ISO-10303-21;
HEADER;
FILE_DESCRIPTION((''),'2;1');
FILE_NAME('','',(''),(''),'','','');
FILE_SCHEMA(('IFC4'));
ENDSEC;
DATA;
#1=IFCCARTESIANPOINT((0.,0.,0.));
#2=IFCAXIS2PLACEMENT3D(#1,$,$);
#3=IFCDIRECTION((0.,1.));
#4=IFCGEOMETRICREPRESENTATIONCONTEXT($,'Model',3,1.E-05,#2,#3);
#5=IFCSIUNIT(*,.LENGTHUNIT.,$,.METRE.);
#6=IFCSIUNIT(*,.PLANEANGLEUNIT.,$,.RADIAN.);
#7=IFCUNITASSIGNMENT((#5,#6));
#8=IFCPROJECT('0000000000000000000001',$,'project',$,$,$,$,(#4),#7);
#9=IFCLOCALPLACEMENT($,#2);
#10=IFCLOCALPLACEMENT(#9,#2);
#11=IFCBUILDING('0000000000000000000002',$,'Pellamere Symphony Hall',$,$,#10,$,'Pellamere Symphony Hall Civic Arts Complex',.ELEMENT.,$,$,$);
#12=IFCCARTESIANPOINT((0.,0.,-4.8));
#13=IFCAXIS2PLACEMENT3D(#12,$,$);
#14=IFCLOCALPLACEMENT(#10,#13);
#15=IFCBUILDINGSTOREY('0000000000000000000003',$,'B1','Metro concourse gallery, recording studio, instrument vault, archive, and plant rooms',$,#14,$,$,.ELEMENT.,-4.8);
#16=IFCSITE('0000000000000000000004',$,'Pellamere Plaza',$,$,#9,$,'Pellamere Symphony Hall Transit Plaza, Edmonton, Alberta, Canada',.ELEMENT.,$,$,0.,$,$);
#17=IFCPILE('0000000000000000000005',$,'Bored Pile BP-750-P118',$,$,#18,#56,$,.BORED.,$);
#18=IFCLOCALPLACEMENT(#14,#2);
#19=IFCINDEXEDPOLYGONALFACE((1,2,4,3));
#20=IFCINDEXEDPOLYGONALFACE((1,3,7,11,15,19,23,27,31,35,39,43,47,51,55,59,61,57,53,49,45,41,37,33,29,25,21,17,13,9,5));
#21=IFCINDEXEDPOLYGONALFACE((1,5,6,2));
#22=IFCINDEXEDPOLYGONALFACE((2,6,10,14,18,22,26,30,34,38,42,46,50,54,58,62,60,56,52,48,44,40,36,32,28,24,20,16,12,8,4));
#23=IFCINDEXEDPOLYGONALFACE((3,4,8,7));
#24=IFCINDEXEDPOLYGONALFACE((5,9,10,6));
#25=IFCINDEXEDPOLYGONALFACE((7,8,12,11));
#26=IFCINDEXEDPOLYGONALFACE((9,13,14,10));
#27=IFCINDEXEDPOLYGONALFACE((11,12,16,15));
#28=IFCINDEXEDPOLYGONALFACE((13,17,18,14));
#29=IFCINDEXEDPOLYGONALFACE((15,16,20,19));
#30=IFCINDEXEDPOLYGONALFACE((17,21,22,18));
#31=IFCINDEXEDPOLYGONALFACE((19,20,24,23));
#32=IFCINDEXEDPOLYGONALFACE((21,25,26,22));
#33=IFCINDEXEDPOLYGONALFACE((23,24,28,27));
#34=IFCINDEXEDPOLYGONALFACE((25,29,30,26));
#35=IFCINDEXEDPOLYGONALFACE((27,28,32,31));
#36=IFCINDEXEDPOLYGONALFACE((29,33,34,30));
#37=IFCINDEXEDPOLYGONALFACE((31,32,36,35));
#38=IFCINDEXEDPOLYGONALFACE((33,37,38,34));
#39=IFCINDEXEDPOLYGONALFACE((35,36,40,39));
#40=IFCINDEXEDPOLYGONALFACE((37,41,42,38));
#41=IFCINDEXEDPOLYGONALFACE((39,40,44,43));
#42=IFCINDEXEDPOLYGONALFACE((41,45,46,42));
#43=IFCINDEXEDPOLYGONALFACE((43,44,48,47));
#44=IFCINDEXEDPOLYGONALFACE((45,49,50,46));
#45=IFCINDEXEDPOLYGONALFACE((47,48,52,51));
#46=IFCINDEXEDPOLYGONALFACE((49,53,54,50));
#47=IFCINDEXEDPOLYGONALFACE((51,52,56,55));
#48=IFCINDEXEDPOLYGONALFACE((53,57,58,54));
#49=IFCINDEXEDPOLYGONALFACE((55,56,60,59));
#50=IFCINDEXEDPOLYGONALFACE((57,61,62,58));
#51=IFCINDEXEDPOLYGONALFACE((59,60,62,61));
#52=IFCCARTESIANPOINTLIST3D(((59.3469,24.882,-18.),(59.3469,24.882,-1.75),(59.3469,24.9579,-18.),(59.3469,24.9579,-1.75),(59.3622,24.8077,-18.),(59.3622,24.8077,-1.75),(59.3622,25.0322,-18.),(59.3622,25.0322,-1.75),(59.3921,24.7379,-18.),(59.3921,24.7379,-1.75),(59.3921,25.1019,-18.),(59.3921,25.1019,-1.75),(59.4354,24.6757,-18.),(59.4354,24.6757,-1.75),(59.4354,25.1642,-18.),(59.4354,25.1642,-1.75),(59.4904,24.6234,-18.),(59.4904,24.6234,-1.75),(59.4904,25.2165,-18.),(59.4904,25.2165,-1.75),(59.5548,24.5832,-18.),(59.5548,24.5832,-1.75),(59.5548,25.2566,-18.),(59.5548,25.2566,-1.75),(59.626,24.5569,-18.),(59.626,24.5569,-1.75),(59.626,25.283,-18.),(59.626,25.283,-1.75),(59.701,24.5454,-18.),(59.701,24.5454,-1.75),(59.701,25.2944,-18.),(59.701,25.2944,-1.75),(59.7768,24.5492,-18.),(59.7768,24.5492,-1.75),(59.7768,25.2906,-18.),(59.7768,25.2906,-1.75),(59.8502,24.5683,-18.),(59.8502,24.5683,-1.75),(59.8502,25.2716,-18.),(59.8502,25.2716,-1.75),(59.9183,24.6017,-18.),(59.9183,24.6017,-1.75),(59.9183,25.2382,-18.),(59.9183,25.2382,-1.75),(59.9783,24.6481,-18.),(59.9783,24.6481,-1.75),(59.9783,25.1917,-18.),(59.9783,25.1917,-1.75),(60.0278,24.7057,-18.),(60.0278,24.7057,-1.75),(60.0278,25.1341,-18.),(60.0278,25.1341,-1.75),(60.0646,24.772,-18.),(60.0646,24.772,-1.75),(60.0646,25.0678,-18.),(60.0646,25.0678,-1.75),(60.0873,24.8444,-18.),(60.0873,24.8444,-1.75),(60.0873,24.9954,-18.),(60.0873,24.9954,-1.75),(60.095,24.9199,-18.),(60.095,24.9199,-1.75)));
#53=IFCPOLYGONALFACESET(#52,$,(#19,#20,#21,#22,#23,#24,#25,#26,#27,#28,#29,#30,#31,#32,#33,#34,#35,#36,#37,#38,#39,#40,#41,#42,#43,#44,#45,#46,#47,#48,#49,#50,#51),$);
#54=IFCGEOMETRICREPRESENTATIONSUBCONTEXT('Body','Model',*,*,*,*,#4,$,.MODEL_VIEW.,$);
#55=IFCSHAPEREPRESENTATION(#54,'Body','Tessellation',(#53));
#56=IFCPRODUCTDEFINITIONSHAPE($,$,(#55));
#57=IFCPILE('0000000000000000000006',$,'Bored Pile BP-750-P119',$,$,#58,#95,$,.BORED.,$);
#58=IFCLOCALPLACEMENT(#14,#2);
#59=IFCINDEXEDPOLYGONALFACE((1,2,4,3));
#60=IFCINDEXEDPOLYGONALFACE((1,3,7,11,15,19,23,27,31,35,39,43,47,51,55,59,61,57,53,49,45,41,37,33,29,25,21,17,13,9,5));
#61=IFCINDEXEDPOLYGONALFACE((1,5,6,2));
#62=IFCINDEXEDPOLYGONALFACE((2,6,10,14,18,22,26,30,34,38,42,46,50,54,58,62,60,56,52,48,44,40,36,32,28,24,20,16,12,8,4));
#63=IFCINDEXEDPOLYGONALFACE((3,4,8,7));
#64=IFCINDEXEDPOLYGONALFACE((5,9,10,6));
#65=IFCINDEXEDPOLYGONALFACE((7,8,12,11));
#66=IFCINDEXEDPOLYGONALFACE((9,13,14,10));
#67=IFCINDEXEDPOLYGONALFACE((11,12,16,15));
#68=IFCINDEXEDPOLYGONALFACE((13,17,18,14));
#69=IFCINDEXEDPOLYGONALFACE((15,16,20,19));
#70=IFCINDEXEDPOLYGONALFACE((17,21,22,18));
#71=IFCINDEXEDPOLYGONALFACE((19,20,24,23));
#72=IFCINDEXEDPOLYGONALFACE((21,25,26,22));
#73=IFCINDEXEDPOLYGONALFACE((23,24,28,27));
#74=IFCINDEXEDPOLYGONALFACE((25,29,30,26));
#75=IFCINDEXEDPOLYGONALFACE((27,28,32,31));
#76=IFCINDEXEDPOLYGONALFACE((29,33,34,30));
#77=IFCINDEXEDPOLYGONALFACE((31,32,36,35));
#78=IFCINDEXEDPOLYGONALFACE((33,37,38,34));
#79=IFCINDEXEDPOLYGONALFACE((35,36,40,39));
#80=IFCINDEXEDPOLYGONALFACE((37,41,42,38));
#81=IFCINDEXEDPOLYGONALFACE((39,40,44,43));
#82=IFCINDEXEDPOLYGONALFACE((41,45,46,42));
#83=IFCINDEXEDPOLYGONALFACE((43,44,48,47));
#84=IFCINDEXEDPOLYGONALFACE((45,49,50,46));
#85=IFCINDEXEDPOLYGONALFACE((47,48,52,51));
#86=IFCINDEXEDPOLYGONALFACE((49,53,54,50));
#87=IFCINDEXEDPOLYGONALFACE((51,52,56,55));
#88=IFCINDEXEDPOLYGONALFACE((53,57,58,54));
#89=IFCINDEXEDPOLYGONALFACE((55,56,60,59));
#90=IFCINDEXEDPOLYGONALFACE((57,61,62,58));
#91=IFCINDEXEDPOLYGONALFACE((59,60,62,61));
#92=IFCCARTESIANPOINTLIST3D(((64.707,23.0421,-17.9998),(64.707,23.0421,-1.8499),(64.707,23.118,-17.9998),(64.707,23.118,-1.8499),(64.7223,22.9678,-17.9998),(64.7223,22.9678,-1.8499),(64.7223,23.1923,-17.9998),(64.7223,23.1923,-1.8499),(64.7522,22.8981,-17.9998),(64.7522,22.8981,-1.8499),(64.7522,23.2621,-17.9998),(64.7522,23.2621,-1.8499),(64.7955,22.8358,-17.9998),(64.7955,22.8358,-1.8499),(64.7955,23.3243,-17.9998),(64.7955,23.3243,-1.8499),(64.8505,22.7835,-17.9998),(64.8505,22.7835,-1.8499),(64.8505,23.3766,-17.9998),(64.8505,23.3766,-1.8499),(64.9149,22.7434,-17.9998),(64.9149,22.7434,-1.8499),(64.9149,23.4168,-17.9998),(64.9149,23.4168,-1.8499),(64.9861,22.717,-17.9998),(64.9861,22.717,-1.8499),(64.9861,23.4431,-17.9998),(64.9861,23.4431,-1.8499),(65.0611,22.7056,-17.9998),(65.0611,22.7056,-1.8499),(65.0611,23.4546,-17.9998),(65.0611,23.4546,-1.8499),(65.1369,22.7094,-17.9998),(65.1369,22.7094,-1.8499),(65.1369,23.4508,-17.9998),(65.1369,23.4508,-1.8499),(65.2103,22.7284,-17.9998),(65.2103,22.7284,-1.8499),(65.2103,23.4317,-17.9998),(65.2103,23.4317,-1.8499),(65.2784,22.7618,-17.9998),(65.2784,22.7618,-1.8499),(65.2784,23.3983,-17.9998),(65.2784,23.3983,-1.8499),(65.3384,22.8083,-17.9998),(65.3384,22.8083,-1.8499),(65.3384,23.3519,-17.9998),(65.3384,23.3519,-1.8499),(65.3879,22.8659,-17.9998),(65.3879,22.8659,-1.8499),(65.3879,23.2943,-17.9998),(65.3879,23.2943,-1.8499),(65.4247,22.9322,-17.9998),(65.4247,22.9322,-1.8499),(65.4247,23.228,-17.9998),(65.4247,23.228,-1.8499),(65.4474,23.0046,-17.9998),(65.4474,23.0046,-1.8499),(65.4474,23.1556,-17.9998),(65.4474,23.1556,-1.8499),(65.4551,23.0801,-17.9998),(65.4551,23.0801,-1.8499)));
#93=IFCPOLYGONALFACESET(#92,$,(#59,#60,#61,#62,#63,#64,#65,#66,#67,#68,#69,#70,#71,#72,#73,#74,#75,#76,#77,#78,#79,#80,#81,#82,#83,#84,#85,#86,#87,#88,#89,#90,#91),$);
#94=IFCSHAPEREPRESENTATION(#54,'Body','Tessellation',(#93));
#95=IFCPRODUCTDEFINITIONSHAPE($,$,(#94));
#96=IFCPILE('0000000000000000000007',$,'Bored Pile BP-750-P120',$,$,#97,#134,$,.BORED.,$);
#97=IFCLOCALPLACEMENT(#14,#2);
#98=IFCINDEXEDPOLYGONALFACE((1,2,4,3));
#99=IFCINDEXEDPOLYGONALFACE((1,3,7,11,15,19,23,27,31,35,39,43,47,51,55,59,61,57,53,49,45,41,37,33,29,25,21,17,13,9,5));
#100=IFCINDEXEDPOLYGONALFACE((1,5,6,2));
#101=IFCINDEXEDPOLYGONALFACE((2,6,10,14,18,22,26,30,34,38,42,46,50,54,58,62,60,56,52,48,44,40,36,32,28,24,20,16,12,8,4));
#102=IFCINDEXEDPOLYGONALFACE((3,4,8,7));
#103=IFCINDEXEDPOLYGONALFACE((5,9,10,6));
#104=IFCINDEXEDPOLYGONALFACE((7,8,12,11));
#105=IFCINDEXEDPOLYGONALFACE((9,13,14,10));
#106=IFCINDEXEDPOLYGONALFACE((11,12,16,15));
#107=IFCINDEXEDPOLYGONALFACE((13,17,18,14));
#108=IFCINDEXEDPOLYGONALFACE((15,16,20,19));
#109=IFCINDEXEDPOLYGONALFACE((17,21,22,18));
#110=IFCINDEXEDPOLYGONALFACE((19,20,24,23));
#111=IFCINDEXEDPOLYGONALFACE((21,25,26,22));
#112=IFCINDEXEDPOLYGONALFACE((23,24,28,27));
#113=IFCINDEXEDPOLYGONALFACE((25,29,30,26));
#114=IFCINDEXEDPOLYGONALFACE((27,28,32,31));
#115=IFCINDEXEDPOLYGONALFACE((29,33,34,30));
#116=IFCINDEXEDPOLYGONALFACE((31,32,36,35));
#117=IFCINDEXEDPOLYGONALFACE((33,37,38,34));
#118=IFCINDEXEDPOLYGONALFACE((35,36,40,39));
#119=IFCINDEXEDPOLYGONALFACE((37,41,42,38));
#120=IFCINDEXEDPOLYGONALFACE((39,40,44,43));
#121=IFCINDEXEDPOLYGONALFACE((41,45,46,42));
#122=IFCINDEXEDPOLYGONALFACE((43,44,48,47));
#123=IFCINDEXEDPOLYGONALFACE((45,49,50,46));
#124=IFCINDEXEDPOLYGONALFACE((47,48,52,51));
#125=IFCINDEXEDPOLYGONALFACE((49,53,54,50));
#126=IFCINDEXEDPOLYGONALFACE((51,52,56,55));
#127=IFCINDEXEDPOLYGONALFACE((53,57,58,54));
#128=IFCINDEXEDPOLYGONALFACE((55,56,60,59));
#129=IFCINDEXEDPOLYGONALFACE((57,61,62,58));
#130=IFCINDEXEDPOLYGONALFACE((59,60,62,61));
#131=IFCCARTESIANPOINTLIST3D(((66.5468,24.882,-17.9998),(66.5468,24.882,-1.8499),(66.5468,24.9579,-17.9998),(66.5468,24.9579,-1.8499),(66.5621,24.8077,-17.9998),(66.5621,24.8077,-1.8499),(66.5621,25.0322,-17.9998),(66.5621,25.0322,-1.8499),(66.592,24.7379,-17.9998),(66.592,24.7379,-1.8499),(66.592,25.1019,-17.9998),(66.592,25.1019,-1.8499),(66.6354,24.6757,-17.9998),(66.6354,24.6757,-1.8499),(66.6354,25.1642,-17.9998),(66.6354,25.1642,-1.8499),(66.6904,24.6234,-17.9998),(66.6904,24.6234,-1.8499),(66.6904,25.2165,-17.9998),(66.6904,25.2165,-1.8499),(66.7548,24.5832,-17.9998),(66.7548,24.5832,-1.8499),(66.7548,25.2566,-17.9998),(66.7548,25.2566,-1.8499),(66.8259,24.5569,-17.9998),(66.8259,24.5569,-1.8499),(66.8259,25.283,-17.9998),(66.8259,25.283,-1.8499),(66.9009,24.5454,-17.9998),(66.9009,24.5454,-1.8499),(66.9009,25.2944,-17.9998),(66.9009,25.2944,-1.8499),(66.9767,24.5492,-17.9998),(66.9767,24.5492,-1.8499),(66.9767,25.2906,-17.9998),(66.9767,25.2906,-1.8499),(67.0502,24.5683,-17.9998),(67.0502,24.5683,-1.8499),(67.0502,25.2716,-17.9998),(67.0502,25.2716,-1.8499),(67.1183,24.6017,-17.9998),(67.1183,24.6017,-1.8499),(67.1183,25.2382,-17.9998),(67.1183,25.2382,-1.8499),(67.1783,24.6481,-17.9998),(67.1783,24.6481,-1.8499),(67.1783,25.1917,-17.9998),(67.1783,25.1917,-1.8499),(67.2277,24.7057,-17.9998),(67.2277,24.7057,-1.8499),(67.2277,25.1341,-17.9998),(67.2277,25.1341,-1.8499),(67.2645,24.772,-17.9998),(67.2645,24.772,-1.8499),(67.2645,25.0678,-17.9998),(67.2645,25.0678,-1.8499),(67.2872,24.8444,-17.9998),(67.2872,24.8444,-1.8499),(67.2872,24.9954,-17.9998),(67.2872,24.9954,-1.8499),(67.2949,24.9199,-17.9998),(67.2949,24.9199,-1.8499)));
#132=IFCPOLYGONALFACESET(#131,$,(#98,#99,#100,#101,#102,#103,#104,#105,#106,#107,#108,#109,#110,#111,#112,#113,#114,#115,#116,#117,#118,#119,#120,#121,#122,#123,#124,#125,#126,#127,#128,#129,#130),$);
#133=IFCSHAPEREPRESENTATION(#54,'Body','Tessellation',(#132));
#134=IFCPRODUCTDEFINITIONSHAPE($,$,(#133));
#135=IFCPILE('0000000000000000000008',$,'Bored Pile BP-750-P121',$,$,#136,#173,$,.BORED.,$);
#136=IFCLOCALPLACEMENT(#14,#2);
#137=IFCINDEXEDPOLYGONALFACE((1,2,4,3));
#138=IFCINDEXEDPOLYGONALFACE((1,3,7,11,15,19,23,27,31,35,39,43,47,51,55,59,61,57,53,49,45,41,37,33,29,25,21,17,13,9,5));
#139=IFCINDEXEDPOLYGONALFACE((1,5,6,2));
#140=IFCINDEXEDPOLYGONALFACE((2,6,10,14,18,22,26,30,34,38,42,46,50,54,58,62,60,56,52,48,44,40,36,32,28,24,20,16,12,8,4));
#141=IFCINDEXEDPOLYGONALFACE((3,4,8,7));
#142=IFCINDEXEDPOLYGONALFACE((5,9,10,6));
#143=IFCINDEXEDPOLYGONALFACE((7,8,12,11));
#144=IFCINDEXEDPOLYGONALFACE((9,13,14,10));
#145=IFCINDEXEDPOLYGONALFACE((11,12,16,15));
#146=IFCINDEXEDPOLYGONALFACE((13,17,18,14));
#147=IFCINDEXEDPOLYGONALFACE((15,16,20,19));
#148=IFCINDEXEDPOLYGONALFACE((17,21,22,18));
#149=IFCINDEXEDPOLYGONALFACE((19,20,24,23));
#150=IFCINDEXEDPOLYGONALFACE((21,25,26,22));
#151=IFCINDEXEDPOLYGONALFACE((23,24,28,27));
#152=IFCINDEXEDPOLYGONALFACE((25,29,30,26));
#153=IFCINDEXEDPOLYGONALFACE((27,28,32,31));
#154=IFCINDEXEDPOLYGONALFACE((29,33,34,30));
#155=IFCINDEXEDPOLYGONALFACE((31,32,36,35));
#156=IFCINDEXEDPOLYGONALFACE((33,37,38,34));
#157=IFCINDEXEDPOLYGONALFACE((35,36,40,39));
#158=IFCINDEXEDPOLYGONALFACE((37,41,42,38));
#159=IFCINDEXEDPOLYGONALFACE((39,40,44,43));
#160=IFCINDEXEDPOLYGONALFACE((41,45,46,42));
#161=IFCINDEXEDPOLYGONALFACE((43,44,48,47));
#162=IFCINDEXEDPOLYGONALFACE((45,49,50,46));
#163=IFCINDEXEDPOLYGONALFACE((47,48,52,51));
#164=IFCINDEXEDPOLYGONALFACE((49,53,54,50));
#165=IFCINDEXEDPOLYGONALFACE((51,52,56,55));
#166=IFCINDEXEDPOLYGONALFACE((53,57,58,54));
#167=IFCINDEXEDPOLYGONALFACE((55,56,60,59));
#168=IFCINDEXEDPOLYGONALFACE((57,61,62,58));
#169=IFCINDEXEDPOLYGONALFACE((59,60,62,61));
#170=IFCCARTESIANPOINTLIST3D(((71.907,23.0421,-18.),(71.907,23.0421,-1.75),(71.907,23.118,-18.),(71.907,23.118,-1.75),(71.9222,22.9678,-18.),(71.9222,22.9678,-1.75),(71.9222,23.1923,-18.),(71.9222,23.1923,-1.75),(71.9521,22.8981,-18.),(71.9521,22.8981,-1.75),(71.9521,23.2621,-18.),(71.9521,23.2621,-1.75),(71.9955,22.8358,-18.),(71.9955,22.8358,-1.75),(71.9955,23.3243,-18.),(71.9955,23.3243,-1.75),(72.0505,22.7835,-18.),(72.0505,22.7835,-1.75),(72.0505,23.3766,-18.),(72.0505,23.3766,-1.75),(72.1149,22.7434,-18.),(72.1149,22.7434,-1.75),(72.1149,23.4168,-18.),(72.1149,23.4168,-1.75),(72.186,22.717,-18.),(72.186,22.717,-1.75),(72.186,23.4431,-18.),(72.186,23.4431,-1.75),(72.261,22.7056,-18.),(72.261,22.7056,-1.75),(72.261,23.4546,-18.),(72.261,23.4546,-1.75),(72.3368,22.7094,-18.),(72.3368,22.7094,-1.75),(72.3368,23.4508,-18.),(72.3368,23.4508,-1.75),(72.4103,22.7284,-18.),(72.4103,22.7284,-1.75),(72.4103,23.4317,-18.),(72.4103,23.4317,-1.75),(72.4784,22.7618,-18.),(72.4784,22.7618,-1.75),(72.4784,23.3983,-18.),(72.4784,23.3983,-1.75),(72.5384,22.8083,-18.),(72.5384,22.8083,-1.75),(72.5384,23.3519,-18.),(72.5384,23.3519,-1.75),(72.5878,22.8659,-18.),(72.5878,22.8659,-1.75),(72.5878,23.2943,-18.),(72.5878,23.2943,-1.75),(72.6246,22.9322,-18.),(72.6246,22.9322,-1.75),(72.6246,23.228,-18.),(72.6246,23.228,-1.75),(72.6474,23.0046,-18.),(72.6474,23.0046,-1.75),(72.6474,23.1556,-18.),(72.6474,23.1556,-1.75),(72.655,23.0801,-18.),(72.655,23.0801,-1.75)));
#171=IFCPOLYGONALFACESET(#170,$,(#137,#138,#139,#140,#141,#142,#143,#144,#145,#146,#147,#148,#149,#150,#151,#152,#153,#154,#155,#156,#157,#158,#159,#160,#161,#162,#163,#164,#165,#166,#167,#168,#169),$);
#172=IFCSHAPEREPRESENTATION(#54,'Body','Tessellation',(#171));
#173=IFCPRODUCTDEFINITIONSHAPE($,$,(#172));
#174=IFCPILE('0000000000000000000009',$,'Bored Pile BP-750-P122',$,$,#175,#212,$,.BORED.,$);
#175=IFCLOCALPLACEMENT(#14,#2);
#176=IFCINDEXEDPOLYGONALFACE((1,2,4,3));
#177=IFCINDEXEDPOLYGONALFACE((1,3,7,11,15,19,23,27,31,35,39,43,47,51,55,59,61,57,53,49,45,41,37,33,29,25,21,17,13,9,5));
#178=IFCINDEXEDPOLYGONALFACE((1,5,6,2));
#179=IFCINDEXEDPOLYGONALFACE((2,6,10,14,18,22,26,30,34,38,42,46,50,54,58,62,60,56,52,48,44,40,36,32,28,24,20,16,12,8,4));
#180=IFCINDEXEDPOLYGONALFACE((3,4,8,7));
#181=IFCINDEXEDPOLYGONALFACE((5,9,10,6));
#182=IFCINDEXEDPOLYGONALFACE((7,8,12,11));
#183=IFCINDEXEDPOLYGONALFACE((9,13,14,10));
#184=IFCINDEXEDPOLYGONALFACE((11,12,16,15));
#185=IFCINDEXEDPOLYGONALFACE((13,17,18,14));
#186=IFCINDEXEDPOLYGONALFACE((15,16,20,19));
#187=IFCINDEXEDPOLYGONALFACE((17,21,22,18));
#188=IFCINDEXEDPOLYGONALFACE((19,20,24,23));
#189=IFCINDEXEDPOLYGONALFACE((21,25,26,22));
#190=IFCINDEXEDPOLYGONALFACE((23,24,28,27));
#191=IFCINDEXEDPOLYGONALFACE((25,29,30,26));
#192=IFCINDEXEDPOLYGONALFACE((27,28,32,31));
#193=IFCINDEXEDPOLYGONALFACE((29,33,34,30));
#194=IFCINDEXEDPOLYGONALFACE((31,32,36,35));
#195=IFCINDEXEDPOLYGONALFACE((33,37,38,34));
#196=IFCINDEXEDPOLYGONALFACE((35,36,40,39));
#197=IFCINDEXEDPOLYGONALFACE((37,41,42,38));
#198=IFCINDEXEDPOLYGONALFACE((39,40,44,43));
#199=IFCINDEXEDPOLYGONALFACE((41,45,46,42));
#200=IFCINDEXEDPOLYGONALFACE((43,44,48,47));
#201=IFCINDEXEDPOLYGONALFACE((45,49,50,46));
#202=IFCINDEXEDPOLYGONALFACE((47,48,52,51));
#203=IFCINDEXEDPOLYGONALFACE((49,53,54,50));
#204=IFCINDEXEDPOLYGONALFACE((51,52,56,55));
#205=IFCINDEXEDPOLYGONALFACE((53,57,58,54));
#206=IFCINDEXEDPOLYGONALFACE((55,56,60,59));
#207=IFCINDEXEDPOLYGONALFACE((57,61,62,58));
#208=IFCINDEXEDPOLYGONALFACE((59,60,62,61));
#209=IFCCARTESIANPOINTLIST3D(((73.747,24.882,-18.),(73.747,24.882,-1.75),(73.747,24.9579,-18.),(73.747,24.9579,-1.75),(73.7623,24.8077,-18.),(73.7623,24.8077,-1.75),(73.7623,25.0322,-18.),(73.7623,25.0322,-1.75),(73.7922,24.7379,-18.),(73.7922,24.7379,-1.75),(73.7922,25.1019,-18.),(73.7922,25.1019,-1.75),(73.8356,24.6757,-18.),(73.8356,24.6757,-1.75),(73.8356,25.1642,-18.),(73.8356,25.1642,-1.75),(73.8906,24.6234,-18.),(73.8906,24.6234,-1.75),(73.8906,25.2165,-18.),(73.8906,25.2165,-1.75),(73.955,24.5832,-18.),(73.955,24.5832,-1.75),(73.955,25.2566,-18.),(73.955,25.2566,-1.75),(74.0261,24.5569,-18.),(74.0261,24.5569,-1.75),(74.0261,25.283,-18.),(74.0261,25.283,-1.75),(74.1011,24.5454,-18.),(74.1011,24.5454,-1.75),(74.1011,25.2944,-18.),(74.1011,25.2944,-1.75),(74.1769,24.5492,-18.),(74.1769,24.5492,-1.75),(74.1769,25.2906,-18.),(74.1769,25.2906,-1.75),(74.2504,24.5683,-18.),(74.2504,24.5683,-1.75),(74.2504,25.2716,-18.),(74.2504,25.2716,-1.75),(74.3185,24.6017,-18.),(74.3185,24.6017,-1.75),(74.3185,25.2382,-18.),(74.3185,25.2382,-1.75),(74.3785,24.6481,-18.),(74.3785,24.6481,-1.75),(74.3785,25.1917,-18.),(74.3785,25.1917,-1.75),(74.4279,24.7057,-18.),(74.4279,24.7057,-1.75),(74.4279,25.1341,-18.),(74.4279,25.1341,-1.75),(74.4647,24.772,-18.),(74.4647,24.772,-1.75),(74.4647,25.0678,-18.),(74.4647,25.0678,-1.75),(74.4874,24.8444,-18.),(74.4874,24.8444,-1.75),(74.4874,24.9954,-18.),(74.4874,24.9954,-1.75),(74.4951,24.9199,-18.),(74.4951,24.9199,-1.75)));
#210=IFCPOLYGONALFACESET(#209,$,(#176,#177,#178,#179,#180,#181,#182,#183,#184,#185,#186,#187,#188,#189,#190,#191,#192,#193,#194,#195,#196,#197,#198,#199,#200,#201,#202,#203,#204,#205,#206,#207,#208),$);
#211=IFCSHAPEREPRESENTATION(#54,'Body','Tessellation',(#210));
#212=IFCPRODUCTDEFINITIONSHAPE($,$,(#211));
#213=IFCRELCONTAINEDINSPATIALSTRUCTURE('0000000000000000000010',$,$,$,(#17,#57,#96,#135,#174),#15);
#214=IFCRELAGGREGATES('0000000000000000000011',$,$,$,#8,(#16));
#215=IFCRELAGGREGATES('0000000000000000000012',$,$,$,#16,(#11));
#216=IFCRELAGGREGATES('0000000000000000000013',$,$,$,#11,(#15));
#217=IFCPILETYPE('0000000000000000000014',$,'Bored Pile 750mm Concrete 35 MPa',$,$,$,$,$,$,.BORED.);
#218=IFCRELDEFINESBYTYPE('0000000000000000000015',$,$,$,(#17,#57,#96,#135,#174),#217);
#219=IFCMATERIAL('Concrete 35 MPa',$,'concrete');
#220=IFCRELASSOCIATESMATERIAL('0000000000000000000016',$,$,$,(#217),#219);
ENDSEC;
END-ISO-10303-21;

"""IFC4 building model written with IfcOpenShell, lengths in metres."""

from ifc_helpers import new_model, si_unit, direction, frame, origin, origin_2d, place, context, subcontext, project, spatial, circle, extrude, material, material_profile, profile_set, type_object, element, save


model = new_model("IFC4")

# Units and contexts
model_context = context("Model", 3, precision=1e-05, world=origin(), true_north=direction((0.0, 1.0)))
body_context = subcontext(model_context, "Body", "Model", "MODEL_VIEW")
ifc_project = project(units=[si_unit("LENGTHUNIT", "METRE"), si_unit("PLANEANGLEUNIT", "RADIAN")], contexts=[model_context])

# Site, building, storey
site_placement = place(None, origin())
site = spatial("IfcSite", under=ifc_project, at=site_placement, Name="Pellamere Plaza", LongName="Pellamere Symphony Hall Transit Plaza, Edmonton, Alberta, Canada", CompositionType="ELEMENT", RefElevation=0.0)
building_placement = place(site_placement, origin())
building = spatial("IfcBuilding", under=site, at=building_placement, Name="Pellamere Symphony Hall", LongName="Pellamere Symphony Hall Civic Arts Complex", CompositionType="ELEMENT")
storey_placement = place(building_placement, frame((0.0, 0.0, -4.8)))
storey = spatial("IfcBuildingStorey", under=building, at=storey_placement, Name="B1", Description="Metro concourse gallery, recording studio, instrument vault, archive, and plant rooms", CompositionType="ELEMENT", Elevation=-4.8)

# Piles
ifc_material_1 = material(Name="Concrete 35 MPa", Category="concrete")
ifc_material_profile_1 = material_profile(ifc_material_1, circle(Radius=0.375, at=origin_2d()), Name="PILE D750")
ifc_profile_set_1 = profile_set([ifc_material_profile_1], Name="Concrete 35 MPa")
pile_type = type_object("IfcPileType", Name="Bored Pile 750mm Concrete 35 MPa", PredefinedType="BORED", material=ifc_profile_set_1)
pile_1_placement = place(storey_placement, frame((59.72, 24.9199, -1.75), z_axis=(0.0, 0.0, -1.0), x_axis=(1.0, 0.0, 0.0)))
element("IfcPile", 1, at=pile_1_placement, inside=storey, type_object=pile_type, Name="Bored Pile BP-750-P118", PredefinedType="BORED", context=body_context, shape_type="SweptSolid", body=[
    extrude(circle(Radius=0.375, at=origin_2d()), origin(), (0.0, 0.0, 1.0), 16.25),
])
for number, where, z_axis, x_axis, name in (
    (2, (65.0801, 23.0801, -1.8499), (0.0, 0.0, -1.0), (1.0, 0.0, 0.0), "Bored Pile BP-750-P119"),
    (3, (66.9199, 24.9199, -1.8499), (0.0, 0.0, -1.0), (1.0, 0.0, 0.0), "Bored Pile BP-750-P120"),
):
    element("IfcPile", number, at=place(storey_placement, frame(where, z_axis=z_axis, x_axis=x_axis)), inside=storey, type_object=pile_type, Name=name, PredefinedType="BORED", context=body_context, shape_type="SweptSolid", body=[
        extrude(circle(Radius=0.375, at=origin_2d()), origin(), (0.0, 0.0, 1.0), 16.1499),
    ])
for number, where, z_axis, x_axis, name in (
    (4, (72.28, 23.0801, -1.75), (0.0, 0.0, -1.0), (1.0, 0.0, 0.0), "Bored Pile BP-750-P121"),
    (5, (74.1201, 24.9199, -1.75), (0.0, 0.0, -1.0), (1.0, 0.0, 0.0), "Bored Pile BP-750-P122"),
):
    element("IfcPile", number, at=place(storey_placement, frame(where, z_axis=z_axis, x_axis=x_axis)), inside=storey, type_object=pile_type, Name=name, PredefinedType="BORED", context=body_context, shape_type="SweptSolid", body=[
        extrude(circle(Radius=0.375, at=origin_2d()), origin(), (0.0, 0.0, 1.0), 16.25),
    ])

save(model, "model.ifc")
